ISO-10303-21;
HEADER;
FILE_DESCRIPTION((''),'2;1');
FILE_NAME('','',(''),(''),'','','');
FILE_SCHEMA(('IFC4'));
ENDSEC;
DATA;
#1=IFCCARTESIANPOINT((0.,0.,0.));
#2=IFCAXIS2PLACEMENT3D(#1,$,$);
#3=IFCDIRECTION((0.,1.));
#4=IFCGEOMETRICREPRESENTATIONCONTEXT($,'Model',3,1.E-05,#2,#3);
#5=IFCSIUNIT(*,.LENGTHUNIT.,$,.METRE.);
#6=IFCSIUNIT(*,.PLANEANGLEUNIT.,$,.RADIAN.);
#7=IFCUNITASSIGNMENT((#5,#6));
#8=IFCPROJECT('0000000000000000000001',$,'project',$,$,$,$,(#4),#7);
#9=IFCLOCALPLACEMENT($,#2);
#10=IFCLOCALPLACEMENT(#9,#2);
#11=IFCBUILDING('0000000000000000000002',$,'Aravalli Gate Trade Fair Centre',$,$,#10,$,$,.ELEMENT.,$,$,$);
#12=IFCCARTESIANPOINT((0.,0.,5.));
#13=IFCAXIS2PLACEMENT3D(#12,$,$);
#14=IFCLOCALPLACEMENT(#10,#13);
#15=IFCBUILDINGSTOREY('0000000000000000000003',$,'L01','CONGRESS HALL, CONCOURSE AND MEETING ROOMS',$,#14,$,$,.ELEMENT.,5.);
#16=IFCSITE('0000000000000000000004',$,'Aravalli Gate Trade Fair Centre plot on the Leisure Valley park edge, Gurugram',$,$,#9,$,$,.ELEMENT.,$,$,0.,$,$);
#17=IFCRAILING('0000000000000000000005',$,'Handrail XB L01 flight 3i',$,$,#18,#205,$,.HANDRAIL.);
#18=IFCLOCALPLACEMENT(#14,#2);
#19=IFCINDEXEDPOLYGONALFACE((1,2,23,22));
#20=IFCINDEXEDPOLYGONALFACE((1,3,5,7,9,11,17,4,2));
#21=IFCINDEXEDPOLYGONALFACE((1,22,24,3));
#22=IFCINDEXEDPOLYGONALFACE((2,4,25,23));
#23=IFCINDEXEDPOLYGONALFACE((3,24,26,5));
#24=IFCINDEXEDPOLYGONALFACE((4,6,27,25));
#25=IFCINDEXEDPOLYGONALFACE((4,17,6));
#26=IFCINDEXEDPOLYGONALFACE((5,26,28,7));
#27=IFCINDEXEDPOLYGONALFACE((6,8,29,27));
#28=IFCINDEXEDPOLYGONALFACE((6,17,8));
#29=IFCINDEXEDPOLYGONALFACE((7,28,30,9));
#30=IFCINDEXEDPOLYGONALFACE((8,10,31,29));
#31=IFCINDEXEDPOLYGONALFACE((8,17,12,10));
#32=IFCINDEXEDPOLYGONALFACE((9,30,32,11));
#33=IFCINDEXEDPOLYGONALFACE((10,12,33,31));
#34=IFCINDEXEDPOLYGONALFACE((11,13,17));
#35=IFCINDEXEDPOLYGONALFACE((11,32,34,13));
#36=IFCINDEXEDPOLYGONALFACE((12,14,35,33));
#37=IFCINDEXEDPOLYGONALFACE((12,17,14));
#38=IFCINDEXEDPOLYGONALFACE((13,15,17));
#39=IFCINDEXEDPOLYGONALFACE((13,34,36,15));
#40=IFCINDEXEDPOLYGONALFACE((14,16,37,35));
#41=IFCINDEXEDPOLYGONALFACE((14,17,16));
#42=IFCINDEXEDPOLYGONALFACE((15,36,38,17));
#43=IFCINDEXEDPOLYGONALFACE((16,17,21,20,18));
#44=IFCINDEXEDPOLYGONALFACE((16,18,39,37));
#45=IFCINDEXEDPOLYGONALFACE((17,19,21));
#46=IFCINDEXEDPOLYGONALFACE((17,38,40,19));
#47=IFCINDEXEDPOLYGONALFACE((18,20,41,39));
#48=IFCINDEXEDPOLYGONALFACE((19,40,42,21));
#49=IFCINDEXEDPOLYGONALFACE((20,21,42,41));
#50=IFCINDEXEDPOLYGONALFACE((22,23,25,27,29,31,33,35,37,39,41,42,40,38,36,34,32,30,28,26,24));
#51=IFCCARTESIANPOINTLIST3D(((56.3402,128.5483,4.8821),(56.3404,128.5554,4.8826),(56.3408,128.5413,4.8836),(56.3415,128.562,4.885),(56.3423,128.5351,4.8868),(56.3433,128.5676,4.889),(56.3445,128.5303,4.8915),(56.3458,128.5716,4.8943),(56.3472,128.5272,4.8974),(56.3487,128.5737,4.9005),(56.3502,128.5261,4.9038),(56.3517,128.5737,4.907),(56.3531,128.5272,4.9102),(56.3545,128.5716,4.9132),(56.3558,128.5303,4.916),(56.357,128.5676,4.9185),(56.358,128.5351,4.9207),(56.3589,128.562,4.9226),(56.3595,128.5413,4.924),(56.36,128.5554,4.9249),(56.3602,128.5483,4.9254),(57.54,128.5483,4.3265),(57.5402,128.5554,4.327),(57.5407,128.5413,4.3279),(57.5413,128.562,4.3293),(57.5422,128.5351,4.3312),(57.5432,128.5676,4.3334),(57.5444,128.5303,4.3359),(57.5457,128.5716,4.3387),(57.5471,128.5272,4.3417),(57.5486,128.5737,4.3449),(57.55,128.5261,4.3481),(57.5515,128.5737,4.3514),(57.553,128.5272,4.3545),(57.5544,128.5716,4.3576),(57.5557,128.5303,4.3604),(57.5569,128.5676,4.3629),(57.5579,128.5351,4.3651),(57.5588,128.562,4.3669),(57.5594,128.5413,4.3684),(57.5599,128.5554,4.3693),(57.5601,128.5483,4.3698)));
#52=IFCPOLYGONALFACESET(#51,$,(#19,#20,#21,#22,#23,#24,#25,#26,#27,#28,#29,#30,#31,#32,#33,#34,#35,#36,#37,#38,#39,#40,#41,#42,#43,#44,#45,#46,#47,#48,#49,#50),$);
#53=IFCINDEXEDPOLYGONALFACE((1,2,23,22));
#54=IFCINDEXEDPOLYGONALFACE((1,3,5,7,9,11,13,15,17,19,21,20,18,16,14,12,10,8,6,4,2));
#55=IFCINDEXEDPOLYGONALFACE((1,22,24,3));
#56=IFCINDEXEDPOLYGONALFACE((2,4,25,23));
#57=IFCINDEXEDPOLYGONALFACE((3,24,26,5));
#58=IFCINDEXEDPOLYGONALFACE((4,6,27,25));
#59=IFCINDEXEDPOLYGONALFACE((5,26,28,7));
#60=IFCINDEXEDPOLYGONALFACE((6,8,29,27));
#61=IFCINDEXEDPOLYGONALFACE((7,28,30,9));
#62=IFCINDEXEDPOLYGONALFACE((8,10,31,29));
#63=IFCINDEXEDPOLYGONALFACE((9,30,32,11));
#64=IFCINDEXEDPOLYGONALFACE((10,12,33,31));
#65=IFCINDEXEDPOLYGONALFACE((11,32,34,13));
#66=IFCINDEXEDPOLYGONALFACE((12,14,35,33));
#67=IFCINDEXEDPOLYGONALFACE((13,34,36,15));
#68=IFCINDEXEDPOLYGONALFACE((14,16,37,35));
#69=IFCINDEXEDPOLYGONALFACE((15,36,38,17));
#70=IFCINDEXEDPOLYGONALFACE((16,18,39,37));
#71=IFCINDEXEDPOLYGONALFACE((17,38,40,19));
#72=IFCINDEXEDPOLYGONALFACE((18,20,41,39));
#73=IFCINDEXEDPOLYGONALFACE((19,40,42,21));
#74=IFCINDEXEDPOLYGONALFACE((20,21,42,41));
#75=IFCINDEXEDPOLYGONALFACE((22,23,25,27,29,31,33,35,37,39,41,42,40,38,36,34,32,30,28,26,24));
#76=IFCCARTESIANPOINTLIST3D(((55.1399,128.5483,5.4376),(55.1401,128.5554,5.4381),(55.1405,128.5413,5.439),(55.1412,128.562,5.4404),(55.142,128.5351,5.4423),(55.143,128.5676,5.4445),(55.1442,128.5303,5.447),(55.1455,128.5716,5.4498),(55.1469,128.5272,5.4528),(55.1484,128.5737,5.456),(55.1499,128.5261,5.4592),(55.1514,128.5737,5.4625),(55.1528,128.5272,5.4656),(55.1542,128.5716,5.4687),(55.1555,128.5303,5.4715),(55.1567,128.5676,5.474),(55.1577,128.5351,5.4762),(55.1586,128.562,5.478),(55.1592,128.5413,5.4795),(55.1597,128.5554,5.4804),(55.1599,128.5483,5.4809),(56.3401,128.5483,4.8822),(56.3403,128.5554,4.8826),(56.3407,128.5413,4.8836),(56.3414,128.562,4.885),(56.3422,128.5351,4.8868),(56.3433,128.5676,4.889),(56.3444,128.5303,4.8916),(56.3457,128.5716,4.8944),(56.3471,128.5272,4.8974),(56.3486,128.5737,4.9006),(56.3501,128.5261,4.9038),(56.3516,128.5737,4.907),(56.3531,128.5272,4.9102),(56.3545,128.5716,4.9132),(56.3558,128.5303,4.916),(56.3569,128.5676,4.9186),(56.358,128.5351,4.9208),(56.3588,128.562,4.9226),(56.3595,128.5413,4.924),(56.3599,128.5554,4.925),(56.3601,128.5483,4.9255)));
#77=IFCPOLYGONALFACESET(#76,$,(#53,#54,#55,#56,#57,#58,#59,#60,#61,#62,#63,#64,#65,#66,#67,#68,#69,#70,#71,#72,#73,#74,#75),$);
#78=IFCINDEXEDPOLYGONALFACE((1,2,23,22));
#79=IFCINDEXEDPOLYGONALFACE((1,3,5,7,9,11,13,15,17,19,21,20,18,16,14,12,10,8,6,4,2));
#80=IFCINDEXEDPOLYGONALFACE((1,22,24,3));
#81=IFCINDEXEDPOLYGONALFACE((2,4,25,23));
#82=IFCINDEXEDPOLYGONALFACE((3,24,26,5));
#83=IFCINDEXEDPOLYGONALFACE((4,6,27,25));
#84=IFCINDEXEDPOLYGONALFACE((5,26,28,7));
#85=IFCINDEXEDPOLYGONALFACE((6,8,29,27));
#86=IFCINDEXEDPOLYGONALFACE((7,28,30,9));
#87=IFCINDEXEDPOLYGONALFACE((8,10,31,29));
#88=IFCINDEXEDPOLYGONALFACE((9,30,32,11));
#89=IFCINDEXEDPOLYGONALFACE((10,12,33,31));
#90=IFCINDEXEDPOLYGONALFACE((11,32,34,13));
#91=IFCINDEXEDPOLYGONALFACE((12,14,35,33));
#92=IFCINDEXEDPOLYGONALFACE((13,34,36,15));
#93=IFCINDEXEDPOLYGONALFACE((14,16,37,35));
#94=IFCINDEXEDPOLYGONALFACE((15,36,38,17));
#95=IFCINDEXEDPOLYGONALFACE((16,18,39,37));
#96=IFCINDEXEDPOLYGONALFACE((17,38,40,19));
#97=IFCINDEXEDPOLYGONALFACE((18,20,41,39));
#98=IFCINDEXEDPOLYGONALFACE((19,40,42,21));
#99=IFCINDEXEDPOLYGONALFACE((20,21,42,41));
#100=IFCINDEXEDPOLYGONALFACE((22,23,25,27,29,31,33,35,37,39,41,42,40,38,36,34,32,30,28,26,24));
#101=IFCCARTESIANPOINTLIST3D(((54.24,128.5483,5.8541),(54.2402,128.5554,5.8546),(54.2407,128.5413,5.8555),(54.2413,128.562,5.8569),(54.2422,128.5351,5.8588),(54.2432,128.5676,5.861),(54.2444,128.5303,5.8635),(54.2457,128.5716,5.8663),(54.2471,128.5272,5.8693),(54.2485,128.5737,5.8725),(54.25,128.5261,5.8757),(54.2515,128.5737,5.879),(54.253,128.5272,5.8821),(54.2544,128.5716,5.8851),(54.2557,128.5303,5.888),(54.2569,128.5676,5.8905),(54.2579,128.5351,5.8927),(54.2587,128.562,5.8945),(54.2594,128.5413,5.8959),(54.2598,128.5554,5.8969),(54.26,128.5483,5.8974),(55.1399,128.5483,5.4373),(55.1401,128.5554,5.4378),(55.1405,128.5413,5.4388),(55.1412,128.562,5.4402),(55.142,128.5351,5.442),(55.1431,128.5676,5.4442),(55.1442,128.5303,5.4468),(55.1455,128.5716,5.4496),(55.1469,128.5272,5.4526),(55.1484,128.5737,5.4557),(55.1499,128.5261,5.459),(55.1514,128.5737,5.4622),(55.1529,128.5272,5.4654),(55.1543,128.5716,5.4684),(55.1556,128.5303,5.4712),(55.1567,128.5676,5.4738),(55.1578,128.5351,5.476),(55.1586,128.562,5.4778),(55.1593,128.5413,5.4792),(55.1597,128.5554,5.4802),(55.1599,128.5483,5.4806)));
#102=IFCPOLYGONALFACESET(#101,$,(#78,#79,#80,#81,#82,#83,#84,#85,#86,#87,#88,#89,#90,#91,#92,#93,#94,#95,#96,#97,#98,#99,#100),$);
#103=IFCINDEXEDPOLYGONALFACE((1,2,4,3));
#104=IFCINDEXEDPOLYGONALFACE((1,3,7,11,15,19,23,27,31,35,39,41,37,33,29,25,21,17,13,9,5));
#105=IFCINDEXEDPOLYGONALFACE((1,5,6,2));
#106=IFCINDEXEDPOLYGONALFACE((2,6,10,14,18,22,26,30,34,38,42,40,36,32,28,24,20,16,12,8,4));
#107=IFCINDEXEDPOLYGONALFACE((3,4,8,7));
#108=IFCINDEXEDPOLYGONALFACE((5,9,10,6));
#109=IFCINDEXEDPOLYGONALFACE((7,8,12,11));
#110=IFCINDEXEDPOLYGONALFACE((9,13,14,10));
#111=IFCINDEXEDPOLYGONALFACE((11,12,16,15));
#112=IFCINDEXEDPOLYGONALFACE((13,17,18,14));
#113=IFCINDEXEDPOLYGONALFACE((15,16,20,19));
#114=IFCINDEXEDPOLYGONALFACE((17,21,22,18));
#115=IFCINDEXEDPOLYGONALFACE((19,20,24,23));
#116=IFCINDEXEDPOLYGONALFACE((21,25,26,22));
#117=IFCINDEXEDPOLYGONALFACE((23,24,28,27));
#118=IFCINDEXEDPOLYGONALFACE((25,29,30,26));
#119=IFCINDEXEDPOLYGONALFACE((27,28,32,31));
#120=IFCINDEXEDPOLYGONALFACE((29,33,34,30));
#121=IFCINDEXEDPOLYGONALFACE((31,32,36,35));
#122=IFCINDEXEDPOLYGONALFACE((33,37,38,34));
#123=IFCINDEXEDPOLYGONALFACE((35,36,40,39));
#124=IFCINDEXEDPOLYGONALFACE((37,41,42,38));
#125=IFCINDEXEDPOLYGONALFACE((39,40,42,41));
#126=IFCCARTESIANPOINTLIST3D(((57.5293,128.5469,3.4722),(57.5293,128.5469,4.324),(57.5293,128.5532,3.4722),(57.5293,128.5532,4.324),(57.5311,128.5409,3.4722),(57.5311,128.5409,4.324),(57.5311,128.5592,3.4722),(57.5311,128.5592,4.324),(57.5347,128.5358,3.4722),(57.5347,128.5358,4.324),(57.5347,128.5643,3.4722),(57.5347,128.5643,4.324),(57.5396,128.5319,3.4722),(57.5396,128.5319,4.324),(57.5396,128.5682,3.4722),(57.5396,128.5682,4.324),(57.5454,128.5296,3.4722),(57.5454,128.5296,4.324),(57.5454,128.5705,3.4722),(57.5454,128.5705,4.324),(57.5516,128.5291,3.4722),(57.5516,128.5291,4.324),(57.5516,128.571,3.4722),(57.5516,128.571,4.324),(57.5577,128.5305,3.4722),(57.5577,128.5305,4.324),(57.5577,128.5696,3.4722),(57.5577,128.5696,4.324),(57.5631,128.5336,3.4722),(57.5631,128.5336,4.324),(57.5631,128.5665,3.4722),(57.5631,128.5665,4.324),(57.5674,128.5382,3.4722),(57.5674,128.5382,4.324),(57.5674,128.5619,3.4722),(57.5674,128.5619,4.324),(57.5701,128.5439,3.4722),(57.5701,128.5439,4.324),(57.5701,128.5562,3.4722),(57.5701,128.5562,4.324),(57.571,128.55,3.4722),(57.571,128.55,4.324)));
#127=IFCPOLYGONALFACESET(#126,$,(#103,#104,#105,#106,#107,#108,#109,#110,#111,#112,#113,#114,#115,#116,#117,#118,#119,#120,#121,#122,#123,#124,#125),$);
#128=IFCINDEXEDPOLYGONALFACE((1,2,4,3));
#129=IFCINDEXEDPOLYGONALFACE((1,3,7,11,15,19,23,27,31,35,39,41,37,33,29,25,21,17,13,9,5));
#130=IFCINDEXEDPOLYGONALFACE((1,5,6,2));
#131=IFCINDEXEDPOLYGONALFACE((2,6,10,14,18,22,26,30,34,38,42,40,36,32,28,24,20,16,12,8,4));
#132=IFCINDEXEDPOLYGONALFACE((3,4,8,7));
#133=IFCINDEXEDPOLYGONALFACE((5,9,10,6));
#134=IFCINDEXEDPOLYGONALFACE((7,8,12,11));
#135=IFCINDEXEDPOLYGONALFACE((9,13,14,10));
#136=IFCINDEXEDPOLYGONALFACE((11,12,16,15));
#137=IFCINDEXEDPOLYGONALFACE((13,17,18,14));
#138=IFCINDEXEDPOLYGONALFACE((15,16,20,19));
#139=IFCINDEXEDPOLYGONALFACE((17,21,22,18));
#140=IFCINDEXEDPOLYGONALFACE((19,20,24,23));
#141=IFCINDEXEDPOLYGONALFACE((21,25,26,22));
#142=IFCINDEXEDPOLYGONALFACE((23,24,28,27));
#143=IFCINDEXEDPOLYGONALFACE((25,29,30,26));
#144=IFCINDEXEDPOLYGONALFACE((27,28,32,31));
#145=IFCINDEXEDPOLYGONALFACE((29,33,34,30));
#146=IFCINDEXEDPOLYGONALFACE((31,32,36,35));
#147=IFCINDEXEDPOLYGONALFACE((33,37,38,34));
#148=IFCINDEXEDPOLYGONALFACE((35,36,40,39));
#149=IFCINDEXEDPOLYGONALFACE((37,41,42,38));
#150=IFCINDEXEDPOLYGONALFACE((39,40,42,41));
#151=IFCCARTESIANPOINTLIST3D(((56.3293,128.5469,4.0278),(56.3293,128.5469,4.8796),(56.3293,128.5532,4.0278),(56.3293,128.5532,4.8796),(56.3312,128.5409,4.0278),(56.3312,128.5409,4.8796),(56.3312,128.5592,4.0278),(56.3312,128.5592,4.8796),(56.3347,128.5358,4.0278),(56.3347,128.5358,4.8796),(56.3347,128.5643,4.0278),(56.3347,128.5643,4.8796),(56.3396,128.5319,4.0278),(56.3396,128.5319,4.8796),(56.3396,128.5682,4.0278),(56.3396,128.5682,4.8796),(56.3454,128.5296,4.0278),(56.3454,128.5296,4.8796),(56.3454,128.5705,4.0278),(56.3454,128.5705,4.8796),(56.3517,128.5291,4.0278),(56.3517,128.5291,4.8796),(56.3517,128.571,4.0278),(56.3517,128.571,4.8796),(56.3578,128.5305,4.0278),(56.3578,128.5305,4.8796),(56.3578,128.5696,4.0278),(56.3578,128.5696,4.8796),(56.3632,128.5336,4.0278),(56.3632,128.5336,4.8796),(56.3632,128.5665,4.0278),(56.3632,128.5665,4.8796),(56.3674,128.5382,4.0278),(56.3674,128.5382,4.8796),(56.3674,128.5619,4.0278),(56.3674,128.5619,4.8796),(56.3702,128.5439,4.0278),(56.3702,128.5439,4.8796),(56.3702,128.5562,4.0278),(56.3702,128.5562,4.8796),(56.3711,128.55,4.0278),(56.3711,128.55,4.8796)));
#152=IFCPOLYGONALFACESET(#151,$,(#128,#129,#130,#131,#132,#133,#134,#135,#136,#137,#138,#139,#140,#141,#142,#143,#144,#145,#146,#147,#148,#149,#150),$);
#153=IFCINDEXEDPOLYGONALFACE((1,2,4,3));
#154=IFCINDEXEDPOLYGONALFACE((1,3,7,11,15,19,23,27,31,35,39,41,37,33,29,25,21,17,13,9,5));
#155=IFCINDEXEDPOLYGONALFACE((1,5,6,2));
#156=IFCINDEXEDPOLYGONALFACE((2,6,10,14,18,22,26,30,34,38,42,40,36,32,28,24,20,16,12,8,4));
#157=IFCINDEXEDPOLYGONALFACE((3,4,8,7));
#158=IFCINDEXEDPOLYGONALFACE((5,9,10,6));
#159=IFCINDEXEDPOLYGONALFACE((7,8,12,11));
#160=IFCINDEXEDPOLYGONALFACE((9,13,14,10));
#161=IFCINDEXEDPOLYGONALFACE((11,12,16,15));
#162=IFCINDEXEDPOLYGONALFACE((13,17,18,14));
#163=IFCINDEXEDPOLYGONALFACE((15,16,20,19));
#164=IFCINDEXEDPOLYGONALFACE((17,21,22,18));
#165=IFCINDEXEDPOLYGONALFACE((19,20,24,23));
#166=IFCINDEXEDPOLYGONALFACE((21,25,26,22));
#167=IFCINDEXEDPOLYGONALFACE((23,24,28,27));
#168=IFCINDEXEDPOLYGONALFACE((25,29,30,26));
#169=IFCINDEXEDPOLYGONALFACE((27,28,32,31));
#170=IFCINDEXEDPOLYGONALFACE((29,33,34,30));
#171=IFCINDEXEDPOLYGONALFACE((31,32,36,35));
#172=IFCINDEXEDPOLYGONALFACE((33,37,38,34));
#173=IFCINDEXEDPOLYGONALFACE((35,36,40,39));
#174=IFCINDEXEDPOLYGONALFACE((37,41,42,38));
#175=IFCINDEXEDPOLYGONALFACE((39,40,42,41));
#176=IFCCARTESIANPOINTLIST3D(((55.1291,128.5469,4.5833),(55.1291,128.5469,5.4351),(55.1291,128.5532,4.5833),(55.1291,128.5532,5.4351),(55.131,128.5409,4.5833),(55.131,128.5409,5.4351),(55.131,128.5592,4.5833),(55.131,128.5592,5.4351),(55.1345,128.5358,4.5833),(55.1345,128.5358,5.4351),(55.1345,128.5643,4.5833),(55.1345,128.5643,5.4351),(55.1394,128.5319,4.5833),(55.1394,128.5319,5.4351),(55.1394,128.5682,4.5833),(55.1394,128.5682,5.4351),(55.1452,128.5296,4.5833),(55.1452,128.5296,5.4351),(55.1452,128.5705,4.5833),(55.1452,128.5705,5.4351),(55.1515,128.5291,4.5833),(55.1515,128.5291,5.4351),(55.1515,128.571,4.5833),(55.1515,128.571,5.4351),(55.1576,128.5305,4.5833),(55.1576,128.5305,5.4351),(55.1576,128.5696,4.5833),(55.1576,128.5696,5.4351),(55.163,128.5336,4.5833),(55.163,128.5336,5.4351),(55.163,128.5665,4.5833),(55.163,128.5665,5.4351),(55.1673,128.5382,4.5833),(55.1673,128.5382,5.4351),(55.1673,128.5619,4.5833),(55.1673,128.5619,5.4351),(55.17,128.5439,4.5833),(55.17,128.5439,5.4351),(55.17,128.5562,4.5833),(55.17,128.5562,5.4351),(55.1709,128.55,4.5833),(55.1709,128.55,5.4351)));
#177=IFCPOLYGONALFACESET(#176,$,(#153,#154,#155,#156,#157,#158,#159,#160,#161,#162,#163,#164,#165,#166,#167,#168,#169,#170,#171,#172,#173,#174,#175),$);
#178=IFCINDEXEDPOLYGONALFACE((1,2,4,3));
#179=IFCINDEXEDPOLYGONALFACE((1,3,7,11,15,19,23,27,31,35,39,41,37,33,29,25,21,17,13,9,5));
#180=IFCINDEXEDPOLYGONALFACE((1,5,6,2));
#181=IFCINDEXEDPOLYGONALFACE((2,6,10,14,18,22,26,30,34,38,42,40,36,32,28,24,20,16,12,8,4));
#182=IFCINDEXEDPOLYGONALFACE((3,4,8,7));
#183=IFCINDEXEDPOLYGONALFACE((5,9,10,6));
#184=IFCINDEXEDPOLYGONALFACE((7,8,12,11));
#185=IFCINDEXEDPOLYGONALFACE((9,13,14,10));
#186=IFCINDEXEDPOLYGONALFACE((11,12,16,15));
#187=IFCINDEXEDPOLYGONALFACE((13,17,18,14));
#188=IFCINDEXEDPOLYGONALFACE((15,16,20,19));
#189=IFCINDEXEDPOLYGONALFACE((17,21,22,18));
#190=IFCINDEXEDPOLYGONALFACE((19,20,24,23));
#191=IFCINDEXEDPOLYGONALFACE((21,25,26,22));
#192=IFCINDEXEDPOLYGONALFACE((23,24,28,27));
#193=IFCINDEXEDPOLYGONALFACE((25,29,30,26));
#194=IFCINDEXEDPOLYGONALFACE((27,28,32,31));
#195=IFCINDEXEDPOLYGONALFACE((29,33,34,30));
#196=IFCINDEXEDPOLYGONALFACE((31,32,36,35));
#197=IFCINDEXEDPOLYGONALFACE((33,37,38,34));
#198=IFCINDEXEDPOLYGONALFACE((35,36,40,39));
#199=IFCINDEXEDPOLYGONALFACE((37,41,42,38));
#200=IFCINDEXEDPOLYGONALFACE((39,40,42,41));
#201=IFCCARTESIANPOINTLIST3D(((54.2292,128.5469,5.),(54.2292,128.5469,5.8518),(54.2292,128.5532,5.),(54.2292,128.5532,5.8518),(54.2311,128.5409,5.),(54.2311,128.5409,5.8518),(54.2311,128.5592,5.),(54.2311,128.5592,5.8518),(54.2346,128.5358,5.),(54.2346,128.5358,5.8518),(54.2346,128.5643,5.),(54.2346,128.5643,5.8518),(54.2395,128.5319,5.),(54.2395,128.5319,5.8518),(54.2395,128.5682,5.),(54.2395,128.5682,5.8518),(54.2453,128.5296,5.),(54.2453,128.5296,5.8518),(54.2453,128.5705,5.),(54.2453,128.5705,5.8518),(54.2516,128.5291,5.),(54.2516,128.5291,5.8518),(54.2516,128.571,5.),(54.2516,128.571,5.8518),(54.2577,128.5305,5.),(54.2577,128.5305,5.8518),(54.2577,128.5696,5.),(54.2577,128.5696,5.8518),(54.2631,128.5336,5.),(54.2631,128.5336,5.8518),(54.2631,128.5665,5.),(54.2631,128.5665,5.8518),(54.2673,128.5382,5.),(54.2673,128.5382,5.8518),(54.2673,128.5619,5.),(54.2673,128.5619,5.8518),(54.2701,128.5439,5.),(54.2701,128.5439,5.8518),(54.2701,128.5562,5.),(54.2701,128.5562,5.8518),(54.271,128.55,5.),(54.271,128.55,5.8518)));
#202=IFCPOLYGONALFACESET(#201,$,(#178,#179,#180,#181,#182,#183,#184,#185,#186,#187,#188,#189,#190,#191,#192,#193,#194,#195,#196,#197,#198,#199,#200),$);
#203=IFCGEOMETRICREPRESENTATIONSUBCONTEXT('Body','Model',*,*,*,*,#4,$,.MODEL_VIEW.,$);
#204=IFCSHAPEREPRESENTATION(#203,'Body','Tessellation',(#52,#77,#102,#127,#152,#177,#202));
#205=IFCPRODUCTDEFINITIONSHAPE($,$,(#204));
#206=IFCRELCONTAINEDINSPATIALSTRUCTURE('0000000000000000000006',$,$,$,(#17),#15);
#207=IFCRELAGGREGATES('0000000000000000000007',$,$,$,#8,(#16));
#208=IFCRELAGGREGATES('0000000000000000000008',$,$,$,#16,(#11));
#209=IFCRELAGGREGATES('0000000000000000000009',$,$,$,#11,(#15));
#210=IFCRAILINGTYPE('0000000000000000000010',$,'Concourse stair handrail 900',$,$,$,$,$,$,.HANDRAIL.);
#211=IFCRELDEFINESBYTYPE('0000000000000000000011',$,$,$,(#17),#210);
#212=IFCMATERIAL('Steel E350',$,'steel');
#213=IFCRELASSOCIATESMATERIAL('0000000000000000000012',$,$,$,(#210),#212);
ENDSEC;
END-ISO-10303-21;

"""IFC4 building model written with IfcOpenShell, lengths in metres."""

from ifc_helpers import new_model, si_unit, direction, frame, origin, origin_2d, place, context, subcontext, project, spatial, circle, extrude, material, type_object, element, save


model = new_model("IFC4")

# Units and contexts
model_context = context("Model", 3, precision=1e-05, world=origin(), true_north=direction((0.0, 1.0)))
body_context = subcontext(model_context, "Body", "Model", "MODEL_VIEW")
ifc_project = project(units=[si_unit("LENGTHUNIT", "METRE"), si_unit("PLANEANGLEUNIT", "RADIAN")], contexts=[model_context])

# Site, building, storey
site_placement = place(None, origin())
site = spatial("IfcSite", under=ifc_project, at=site_placement, Name="Aravalli Gate Trade Fair Centre plot on the Leisure Valley park edge, Gurugram", CompositionType="ELEMENT", RefElevation=0.0)
building_placement = place(site_placement, origin())
building = spatial("IfcBuilding", under=site, at=building_placement, Name="Aravalli Gate Trade Fair Centre", CompositionType="ELEMENT")
storey_placement = place(building_placement, frame((0.0, 0.0, 5.0)))
storey = spatial("IfcBuildingStorey", under=building, at=storey_placement, Name="L01", Description="CONGRESS HALL, CONCOURSE AND MEETING ROOMS", CompositionType="ELEMENT", Elevation=5.0)

# Shared definitions
ifc_material_1 = material(Name="Steel E350", Category="steel")

# Railing
railing_type = type_object("IfcRailingType", Name="Concourse stair handrail 900", PredefinedType="HANDRAIL", material=ifc_material_1)
for number, where, name in (
    (1, (57.55, 128.55, 3.4722), "Handrail XB L01 flight 3i"),
):
    element("IfcRailing", number, at=place(storey_placement, frame(where)), inside=storey, type_object=railing_type, Name=name, PredefinedType="HANDRAIL", context=body_context, shape_type="SweptSolid", body=[
        extrude(circle(Radius=0.0239, at=origin_2d()), frame((0.0, 0.0, 0.876), z_axis=(-0.907429, 0.0, 0.420205), x_axis=(0.0, -1.0, 0.0)), (0.0, 0.0, 1.0), 1.3223),
        extrude(circle(Radius=0.0239, at=origin_2d()), frame((-1.2, 0.0, 1.4316), z_axis=(-0.907532, 0.0, 0.419983), x_axis=(0.0, -1.0, 0.0)), (0.0, 0.0, 1.0), 1.3225),
        extrude(circle(Radius=0.0239, at=origin_2d()), frame((-2.4001, 0.0, 1.9868), z_axis=(-0.907418, 0.0, 0.420229), x_axis=(0.0, -1.0, 0.0)), (0.0, 0.0, 1.0), 0.9917),
        extrude(circle(Radius=0.021, at=origin_2d()), origin(), (0.0, 0.0, 1.0), 0.8518),
        extrude(circle(Radius=0.021, at=origin_2d()), frame((-1.2, 0.0, 0.5557)), (0.0, 0.0, 1.0), 0.8518),
        extrude(circle(Radius=0.021, at=origin_2d()), frame((-2.4001, 0.0, 1.1111)), (0.0, 0.0, 1.0), 0.8518),
        extrude(circle(Radius=0.021, at=origin_2d()), frame((-3.3, 0.0, 1.5278)), (0.0, 0.0, 1.0), 0.8518),
    ])

save(model, "model.ifc")
